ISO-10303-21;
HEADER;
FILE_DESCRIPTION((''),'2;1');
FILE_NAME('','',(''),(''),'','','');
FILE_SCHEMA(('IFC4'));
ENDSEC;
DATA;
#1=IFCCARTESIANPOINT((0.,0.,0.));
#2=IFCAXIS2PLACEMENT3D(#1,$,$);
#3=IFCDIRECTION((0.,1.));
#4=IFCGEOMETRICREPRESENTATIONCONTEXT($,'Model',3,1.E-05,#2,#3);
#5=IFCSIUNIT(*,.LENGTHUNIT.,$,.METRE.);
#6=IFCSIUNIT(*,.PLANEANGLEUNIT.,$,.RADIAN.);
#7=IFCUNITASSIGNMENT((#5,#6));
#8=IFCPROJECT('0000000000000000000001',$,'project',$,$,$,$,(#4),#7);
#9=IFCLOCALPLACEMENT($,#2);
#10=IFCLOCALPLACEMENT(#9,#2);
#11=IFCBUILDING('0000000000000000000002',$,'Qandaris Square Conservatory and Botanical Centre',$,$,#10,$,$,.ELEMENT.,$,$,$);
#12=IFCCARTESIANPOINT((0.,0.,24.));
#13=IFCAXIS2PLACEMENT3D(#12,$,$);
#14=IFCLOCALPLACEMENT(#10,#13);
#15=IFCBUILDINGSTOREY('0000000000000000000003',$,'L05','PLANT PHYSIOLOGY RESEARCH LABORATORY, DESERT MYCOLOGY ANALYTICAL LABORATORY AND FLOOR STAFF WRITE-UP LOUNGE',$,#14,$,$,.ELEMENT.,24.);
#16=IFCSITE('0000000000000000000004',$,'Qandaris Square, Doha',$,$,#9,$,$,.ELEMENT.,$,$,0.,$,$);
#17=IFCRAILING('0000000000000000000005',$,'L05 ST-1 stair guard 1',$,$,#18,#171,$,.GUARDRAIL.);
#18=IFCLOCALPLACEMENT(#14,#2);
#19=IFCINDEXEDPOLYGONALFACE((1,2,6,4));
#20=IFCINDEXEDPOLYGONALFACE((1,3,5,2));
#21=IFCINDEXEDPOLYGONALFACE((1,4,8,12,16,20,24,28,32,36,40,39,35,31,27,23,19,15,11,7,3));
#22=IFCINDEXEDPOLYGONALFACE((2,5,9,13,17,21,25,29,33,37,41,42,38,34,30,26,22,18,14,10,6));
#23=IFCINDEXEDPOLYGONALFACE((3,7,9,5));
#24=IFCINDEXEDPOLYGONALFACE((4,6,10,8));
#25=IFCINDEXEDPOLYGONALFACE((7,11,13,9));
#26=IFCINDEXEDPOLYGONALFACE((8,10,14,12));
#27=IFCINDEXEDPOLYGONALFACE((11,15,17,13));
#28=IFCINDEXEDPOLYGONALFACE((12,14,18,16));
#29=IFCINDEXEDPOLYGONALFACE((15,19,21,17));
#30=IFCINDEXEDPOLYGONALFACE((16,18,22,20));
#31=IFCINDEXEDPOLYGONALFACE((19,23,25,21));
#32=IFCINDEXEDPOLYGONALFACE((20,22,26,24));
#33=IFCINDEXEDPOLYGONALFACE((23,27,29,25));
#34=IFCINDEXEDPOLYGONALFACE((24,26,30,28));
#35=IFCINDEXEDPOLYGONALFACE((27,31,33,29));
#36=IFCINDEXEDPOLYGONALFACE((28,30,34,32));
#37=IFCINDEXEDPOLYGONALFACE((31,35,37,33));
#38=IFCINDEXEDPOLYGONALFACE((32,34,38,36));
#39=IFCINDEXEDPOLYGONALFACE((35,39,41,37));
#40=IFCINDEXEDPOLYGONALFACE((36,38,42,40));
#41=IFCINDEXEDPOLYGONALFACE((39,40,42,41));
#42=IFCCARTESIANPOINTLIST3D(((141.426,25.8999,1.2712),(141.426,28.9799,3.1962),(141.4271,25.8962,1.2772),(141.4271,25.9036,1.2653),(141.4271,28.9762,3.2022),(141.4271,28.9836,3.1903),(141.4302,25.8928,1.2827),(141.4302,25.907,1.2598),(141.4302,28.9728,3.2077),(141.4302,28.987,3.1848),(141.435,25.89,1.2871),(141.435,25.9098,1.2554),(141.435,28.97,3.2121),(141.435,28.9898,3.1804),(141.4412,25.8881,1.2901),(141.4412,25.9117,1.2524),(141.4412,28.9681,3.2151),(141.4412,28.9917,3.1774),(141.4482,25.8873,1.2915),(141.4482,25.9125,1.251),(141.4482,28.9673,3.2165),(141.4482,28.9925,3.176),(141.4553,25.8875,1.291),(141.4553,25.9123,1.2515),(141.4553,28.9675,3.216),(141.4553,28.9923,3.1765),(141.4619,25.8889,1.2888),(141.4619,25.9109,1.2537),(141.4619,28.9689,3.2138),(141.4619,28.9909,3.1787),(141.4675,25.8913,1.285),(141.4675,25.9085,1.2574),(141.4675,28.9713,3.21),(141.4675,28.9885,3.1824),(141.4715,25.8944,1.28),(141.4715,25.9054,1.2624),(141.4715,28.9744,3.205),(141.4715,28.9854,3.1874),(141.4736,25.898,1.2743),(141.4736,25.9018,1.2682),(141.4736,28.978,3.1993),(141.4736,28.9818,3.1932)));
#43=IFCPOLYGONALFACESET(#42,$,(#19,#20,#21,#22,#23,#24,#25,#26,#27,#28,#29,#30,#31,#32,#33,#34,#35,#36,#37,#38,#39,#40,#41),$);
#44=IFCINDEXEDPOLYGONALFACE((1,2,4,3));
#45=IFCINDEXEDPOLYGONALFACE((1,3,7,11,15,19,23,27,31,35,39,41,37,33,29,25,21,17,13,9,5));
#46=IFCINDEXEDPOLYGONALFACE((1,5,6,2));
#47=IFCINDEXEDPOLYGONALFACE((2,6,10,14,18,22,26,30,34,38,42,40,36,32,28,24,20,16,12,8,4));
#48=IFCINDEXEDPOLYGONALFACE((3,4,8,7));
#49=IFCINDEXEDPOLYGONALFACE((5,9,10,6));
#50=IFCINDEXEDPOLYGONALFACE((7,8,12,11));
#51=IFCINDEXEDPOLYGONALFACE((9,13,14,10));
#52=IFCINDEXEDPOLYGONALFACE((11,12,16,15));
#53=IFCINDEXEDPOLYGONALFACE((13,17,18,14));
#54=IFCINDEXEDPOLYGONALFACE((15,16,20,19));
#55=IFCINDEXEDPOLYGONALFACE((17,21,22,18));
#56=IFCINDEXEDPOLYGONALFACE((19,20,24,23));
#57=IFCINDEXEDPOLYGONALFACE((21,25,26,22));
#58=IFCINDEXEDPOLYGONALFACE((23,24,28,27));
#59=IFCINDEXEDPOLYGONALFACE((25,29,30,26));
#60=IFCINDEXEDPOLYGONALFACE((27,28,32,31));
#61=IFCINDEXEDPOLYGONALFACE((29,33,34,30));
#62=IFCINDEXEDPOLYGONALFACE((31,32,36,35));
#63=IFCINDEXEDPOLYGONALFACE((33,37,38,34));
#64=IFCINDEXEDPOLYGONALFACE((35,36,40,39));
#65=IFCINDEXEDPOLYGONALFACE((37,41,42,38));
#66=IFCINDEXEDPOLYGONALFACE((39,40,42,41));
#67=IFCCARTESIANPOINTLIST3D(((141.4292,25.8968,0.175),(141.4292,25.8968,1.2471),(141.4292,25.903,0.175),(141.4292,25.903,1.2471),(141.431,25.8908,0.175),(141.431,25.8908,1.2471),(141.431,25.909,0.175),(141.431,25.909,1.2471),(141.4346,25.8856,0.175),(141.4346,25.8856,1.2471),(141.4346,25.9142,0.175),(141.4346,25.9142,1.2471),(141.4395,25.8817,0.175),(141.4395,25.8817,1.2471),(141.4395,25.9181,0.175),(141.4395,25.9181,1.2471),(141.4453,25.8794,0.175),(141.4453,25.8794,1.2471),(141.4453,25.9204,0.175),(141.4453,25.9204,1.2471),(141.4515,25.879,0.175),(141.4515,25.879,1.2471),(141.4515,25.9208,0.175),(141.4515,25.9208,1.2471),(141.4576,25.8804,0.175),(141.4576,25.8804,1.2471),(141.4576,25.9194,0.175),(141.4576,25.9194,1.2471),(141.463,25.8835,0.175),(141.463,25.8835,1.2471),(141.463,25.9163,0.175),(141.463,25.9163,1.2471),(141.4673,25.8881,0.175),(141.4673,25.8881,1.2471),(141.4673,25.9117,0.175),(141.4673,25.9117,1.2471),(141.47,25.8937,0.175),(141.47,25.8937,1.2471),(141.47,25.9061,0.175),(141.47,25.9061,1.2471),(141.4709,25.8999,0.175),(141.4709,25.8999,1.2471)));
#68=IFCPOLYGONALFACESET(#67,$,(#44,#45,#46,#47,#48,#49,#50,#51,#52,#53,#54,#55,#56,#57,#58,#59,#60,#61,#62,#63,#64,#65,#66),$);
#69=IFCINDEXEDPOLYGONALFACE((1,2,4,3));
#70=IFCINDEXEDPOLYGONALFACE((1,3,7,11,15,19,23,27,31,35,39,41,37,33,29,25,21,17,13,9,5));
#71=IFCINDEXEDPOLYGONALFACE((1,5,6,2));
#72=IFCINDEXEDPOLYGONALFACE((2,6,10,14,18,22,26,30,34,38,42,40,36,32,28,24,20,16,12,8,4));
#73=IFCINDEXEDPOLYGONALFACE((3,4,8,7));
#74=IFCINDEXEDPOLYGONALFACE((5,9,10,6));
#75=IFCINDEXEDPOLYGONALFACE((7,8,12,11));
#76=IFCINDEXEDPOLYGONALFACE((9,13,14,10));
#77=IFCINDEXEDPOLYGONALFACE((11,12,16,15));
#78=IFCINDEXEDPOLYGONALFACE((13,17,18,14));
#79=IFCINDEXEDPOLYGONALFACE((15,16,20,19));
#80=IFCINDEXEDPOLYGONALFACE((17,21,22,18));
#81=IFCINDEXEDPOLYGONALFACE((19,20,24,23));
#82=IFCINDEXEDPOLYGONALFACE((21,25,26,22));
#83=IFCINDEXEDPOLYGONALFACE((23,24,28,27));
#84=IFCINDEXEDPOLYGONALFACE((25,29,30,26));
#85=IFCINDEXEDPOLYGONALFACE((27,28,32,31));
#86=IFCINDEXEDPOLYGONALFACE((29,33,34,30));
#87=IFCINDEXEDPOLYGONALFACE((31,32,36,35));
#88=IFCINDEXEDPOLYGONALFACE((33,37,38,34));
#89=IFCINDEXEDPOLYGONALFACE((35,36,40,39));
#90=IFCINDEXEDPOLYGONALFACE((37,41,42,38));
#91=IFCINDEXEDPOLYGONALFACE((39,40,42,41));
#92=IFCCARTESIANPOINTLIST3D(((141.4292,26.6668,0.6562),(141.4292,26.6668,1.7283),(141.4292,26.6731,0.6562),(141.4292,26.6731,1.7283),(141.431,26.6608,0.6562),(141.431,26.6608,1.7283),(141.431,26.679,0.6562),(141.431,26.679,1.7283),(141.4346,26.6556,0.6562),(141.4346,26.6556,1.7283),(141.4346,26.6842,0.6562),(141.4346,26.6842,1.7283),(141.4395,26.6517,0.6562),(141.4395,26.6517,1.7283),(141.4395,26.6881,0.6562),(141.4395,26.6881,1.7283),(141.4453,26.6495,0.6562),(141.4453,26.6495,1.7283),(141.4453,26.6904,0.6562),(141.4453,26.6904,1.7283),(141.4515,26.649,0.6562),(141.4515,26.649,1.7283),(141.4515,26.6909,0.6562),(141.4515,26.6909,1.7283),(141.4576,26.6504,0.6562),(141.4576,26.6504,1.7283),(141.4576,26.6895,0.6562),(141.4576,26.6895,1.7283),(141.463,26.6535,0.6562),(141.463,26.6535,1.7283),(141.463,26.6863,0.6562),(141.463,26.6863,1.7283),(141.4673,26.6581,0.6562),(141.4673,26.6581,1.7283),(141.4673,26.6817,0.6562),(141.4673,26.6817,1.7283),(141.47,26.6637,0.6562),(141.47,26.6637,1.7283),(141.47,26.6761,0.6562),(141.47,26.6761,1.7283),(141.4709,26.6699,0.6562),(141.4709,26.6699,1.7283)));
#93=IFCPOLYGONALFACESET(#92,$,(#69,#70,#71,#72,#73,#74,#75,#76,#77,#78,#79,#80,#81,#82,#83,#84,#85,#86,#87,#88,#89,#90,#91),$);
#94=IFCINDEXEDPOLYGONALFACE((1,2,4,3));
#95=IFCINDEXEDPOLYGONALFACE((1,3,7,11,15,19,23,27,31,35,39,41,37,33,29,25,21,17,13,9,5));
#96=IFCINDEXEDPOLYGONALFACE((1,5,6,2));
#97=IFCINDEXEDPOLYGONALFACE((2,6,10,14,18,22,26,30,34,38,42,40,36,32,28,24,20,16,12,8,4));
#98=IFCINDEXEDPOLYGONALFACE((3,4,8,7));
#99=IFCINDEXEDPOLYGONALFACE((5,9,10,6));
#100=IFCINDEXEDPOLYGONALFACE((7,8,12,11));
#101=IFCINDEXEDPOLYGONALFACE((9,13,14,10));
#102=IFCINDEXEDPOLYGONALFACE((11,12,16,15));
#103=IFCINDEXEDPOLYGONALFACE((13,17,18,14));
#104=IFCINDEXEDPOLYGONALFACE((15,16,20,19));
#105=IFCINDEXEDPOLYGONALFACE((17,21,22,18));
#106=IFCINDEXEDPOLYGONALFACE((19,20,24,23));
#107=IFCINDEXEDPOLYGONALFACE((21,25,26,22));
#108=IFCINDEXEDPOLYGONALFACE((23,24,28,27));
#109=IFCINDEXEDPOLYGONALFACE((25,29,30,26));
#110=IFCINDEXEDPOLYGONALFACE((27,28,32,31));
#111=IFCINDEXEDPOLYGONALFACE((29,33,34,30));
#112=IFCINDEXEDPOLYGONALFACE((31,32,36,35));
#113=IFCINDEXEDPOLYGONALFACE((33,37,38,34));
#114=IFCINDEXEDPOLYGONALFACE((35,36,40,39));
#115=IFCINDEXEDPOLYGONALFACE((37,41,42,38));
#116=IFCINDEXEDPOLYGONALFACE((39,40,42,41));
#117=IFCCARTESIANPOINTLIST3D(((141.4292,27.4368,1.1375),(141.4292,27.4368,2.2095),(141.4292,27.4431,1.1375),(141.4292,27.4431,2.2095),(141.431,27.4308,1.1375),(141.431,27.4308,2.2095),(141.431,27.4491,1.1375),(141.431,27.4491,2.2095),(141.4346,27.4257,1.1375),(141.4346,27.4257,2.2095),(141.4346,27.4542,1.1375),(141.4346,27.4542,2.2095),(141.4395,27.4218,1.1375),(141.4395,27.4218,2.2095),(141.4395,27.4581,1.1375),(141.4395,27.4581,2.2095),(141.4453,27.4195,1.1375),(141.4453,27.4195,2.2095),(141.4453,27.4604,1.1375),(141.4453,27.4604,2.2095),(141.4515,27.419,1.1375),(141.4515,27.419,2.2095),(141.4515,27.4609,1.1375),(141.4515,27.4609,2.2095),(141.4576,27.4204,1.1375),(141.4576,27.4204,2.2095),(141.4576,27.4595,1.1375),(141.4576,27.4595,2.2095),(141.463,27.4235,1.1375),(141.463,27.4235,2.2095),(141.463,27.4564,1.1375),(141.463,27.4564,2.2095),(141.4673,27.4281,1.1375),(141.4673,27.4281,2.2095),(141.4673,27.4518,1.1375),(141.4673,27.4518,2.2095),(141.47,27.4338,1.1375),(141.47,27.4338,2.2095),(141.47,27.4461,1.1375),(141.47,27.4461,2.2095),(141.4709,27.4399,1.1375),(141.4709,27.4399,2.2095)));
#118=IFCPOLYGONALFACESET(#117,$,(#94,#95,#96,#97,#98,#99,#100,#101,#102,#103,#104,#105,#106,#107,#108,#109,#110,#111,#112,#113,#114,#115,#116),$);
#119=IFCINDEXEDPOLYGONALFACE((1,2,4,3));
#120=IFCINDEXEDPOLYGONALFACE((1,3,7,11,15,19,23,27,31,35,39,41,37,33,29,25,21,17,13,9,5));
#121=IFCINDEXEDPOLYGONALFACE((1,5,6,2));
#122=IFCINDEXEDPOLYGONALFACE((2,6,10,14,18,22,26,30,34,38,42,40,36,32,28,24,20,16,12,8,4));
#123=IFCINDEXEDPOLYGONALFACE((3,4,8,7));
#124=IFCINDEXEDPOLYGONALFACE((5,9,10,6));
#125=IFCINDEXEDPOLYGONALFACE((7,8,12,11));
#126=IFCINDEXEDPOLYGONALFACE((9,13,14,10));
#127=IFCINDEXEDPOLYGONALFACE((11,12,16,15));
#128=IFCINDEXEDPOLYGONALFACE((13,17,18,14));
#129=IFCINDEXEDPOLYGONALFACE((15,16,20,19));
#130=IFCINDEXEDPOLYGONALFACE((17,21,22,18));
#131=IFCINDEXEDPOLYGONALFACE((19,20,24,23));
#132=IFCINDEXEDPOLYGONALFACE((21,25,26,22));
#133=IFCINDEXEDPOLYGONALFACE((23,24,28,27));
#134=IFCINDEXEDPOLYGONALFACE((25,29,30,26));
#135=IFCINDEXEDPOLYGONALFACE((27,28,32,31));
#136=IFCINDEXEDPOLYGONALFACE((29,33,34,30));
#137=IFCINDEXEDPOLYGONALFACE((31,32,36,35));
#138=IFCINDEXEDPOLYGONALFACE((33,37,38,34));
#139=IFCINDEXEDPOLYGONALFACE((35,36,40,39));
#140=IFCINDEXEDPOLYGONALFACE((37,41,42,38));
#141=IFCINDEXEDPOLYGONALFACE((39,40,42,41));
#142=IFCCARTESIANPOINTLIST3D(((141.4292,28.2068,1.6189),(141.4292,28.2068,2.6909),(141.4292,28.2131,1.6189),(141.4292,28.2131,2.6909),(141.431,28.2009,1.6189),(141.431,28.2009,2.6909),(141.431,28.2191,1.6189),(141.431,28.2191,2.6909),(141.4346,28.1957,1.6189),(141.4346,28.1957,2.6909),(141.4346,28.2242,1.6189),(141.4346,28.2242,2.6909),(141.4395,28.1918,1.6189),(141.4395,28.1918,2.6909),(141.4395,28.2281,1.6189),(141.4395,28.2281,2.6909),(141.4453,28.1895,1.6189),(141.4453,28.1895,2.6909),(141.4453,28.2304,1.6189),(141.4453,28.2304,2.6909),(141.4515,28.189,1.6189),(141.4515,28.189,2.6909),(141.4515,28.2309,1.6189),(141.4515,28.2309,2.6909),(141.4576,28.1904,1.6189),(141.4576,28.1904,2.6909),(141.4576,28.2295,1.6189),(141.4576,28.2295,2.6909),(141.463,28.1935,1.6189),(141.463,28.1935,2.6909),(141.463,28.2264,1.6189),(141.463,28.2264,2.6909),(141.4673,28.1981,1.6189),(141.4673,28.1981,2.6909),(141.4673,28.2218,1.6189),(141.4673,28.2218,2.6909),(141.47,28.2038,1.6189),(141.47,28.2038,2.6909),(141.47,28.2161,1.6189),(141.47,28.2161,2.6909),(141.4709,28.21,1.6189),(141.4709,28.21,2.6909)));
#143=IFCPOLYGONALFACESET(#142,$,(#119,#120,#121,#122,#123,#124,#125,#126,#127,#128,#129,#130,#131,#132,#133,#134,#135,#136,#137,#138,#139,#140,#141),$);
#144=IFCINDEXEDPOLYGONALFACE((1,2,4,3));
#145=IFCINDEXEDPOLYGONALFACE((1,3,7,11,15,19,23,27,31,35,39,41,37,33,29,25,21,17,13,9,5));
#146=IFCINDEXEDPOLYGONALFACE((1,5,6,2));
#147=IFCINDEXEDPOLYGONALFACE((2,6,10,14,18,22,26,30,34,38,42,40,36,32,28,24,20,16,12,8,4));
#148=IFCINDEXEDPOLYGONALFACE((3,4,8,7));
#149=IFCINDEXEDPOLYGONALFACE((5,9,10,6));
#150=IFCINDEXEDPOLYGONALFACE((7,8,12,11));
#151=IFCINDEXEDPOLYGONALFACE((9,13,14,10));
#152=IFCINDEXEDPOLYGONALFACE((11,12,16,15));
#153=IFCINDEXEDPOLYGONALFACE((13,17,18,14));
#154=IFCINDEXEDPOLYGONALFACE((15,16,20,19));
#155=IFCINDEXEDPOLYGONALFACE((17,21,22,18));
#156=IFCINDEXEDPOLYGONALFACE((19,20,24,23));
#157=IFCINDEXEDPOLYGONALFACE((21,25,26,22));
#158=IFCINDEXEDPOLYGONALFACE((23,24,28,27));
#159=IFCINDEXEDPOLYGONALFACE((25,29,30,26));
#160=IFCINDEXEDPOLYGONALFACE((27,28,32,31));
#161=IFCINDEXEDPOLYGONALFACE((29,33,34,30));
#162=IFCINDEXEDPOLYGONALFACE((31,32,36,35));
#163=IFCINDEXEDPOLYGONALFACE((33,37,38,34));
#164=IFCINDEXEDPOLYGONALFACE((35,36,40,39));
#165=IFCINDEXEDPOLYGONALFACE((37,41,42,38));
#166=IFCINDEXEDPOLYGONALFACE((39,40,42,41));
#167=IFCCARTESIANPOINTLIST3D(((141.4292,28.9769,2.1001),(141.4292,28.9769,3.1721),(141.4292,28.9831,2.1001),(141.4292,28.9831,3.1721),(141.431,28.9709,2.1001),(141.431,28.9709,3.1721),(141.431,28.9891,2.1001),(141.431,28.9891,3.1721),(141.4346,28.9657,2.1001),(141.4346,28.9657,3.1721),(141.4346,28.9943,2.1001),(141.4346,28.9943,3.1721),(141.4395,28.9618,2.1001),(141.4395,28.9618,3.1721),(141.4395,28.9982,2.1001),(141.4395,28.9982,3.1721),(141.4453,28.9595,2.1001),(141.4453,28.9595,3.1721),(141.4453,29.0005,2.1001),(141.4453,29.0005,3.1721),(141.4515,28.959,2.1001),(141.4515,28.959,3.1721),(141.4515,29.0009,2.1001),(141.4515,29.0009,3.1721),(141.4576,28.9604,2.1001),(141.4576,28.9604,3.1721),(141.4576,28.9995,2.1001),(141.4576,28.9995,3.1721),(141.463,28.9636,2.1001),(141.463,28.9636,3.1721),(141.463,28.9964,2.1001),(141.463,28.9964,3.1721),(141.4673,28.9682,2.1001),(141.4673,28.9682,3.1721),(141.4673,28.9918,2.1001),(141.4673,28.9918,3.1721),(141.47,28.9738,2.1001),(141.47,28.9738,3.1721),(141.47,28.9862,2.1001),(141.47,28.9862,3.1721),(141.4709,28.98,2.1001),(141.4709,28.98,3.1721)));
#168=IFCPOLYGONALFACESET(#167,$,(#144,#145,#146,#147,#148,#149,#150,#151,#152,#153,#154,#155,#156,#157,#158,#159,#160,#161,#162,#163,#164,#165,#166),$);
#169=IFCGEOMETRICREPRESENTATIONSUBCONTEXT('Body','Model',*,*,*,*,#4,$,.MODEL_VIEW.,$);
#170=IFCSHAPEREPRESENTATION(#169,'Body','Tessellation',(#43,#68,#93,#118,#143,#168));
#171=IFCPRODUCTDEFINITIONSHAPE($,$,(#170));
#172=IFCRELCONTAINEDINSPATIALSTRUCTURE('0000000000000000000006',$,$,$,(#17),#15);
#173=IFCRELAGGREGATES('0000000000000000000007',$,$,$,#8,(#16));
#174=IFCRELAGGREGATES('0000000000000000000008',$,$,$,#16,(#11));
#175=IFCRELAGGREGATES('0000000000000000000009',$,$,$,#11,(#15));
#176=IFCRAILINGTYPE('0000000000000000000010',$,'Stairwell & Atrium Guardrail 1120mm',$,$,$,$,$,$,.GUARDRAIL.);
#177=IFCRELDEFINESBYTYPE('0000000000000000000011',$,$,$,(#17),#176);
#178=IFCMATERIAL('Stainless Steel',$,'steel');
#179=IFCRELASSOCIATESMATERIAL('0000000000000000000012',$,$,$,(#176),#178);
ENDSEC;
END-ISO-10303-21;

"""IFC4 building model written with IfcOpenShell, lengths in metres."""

from ifc_helpers import new_model, si_unit, direction, frame, origin, origin_2d, place, context, subcontext, project, spatial, circle, extrude, material, type_object, element, save


model = new_model("IFC4")

# Units and contexts
model_context = context("Model", 3, precision=1e-05, world=origin(), true_north=direction((0.0, 1.0)))
body_context = subcontext(model_context, "Body", "Model", "MODEL_VIEW")
ifc_project = project(units=[si_unit("LENGTHUNIT", "METRE"), si_unit("PLANEANGLEUNIT", "RADIAN")], contexts=[model_context])

# Site, building, storey
site_placement = place(None, origin())
site = spatial("IfcSite", under=ifc_project, at=site_placement, Name="Qandaris Square, Doha", CompositionType="ELEMENT", RefElevation=0.0)
building_placement = place(site_placement, origin())
building = spatial("IfcBuilding", under=site, at=building_placement, Name="Qandaris Square Conservatory and Botanical Centre", CompositionType="ELEMENT")
storey_placement = place(building_placement, frame((0.0, 0.0, 24.0)))
storey = spatial("IfcBuildingStorey", under=building, at=storey_placement, Name="L05", Description="PLANT PHYSIOLOGY RESEARCH LABORATORY, DESERT MYCOLOGY ANALYTICAL LABORATORY AND FLOOR STAFF WRITE-UP LOUNGE", CompositionType="ELEMENT", Elevation=24.0)

# Railing
ifc_material_1 = material(Name="Stainless Steel", Category="steel")
railing_type_1 = type_object("IfcRailingType", Name="Stairwell & Atrium Guardrail 1120mm", PredefinedType="GUARDRAIL", material=ifc_material_1)
railing_1_placement = place(storey_placement, frame((141.45, 25.8999, 0.175)))
element("IfcRailing", 1, at=railing_1_placement, inside=storey, type_object=railing_type_1, Name="L05 ST-1 stair guard 1", PredefinedType="GUARDRAIL", context=body_context, shape_type="SweptSolid", body=[
    extrude(circle(Radius=0.0239, at=origin_2d()), frame((0.0, 0.0, 1.0962), z_axis=(0.0, 0.847998, 0.529999), x_axis=(-1.0, 0.0, 0.0)), (0.0, 0.0, 1.0), 3.6321),
    extrude(circle(Radius=0.021, at=origin_2d()), origin(), (0.0, 0.0, 1.0), 1.072),
    extrude(circle(Radius=0.021, at=origin_2d()), frame((0.0, 0.77, 0.4812)), (0.0, 0.0, 1.0), 1.072),
    extrude(circle(Radius=0.021, at=origin_2d()), frame((0.0, 1.54, 0.9624)), (0.0, 0.0, 1.0), 1.072),
    extrude(circle(Radius=0.021, at=origin_2d()), frame((0.0, 2.3101, 1.4438)), (0.0, 0.0, 1.0), 1.072),
    extrude(circle(Radius=0.021, at=origin_2d()), frame((0.0, 3.0801, 1.925)), (0.0, 0.0, 1.0), 1.072),
])

save(model, "model.ifc")
